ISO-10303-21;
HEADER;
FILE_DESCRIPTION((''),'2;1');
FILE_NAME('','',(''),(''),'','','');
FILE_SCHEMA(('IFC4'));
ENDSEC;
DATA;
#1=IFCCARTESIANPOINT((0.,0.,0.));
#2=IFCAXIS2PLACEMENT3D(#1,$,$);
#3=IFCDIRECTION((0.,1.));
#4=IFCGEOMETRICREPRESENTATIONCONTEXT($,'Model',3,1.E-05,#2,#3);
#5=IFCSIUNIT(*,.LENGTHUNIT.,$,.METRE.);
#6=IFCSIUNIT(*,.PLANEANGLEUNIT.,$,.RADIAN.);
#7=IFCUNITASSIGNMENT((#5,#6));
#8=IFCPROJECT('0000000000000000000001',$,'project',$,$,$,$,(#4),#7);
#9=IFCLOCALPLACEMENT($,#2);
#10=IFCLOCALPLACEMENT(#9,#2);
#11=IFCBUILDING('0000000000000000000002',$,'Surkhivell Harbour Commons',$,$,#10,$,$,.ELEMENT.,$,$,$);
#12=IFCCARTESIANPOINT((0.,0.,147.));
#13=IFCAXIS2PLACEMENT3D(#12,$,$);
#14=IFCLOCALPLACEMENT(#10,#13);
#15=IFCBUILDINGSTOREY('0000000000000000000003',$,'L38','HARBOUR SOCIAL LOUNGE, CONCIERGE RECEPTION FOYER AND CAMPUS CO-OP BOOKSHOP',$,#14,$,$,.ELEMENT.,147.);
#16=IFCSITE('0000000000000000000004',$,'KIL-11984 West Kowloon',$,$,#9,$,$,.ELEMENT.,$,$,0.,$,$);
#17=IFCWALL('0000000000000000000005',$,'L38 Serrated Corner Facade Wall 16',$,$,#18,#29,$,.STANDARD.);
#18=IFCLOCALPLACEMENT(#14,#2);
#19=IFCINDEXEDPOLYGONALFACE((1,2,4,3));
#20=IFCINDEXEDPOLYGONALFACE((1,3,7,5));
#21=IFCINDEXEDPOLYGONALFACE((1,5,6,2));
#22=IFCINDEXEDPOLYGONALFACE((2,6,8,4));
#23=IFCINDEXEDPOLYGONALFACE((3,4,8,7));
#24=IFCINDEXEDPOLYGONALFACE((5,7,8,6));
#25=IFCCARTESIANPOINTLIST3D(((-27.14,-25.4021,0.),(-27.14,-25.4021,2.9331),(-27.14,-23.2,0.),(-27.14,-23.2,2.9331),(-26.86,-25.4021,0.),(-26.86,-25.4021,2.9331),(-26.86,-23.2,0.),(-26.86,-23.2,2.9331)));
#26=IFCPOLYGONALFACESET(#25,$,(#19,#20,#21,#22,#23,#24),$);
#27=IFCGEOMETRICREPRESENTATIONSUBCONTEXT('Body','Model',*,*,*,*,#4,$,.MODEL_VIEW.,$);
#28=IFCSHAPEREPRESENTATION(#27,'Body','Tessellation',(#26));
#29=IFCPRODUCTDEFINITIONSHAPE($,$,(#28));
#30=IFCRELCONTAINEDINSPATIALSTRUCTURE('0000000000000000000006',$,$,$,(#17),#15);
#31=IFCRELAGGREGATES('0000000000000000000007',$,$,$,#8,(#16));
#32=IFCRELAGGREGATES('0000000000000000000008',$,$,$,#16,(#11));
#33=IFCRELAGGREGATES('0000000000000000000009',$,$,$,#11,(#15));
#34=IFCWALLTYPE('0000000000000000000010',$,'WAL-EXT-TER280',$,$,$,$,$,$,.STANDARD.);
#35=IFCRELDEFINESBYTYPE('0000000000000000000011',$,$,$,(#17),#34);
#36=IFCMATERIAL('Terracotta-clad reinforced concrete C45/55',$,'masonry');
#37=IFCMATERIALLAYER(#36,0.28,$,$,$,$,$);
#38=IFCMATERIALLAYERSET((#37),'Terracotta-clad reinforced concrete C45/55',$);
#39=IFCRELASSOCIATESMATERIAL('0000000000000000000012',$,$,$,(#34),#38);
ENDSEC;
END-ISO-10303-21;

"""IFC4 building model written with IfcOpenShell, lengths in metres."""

from ifc_helpers import new_model, si_unit, direction, frame, frame_2d, origin, place, context, subcontext, project, spatial, rectangle, extrude, material, layer, layer_set, type_object, element, save


model = new_model("IFC4")

# Units and contexts
model_context = context("Model", 3, precision=1e-05, world=origin(), true_north=direction((0.0, 1.0)))
body_context = subcontext(model_context, "Body", "Model", "MODEL_VIEW")
ifc_project = project(units=[si_unit("LENGTHUNIT", "METRE"), si_unit("PLANEANGLEUNIT", "RADIAN")], contexts=[model_context])

# Site, building, storey
site_placement = place(None, origin())
site = spatial("IfcSite", under=ifc_project, at=site_placement, Name="KIL-11984 West Kowloon", CompositionType="ELEMENT", RefElevation=0.0)
building_placement = place(site_placement, origin())
building = spatial("IfcBuilding", under=site, at=building_placement, Name="Surkhivell Harbour Commons", CompositionType="ELEMENT")
storey_placement = place(building_placement, frame((0.0, 0.0, 147.0)))
storey = spatial("IfcBuildingStorey", under=building, at=storey_placement, Name="L38", Description="HARBOUR SOCIAL LOUNGE, CONCIERGE RECEPTION FOYER AND CAMPUS CO-OP BOOKSHOP", CompositionType="ELEMENT", Elevation=147.0)

# Wall
ifc_material_1 = material(Name="Terracotta-clad reinforced concrete C45/55", Category="masonry")
ifc_layer_1 = layer(ifc_material_1, 0.28)
ifc_layer_set_1 = layer_set([ifc_layer_1], Name="Terracotta-clad reinforced concrete C45/55")
wall_type = type_object("IfcWallType", Name="WAL-EXT-TER280", PredefinedType="STANDARD", material=ifc_layer_set_1)
wall_1_placement = place(storey_placement, frame((-27.0, -23.2, 0.0), z_axis=(0.0, 0.0, 1.0), x_axis=(0.0, -1.0, 0.0)))
element("IfcWall", 1, at=wall_1_placement, inside=storey, type_object=wall_type, Name="L38 Serrated Corner Facade Wall 16", PredefinedType="STANDARD", context=body_context, shape_type="SweptSolid", body=[
    extrude(rectangle(XDim=2.2021, YDim=0.28, at=frame_2d((1.1011, 0.0))), origin(), (0.0, 0.0, 1.0), 2.9331),
])

save(model, "model.ifc")
